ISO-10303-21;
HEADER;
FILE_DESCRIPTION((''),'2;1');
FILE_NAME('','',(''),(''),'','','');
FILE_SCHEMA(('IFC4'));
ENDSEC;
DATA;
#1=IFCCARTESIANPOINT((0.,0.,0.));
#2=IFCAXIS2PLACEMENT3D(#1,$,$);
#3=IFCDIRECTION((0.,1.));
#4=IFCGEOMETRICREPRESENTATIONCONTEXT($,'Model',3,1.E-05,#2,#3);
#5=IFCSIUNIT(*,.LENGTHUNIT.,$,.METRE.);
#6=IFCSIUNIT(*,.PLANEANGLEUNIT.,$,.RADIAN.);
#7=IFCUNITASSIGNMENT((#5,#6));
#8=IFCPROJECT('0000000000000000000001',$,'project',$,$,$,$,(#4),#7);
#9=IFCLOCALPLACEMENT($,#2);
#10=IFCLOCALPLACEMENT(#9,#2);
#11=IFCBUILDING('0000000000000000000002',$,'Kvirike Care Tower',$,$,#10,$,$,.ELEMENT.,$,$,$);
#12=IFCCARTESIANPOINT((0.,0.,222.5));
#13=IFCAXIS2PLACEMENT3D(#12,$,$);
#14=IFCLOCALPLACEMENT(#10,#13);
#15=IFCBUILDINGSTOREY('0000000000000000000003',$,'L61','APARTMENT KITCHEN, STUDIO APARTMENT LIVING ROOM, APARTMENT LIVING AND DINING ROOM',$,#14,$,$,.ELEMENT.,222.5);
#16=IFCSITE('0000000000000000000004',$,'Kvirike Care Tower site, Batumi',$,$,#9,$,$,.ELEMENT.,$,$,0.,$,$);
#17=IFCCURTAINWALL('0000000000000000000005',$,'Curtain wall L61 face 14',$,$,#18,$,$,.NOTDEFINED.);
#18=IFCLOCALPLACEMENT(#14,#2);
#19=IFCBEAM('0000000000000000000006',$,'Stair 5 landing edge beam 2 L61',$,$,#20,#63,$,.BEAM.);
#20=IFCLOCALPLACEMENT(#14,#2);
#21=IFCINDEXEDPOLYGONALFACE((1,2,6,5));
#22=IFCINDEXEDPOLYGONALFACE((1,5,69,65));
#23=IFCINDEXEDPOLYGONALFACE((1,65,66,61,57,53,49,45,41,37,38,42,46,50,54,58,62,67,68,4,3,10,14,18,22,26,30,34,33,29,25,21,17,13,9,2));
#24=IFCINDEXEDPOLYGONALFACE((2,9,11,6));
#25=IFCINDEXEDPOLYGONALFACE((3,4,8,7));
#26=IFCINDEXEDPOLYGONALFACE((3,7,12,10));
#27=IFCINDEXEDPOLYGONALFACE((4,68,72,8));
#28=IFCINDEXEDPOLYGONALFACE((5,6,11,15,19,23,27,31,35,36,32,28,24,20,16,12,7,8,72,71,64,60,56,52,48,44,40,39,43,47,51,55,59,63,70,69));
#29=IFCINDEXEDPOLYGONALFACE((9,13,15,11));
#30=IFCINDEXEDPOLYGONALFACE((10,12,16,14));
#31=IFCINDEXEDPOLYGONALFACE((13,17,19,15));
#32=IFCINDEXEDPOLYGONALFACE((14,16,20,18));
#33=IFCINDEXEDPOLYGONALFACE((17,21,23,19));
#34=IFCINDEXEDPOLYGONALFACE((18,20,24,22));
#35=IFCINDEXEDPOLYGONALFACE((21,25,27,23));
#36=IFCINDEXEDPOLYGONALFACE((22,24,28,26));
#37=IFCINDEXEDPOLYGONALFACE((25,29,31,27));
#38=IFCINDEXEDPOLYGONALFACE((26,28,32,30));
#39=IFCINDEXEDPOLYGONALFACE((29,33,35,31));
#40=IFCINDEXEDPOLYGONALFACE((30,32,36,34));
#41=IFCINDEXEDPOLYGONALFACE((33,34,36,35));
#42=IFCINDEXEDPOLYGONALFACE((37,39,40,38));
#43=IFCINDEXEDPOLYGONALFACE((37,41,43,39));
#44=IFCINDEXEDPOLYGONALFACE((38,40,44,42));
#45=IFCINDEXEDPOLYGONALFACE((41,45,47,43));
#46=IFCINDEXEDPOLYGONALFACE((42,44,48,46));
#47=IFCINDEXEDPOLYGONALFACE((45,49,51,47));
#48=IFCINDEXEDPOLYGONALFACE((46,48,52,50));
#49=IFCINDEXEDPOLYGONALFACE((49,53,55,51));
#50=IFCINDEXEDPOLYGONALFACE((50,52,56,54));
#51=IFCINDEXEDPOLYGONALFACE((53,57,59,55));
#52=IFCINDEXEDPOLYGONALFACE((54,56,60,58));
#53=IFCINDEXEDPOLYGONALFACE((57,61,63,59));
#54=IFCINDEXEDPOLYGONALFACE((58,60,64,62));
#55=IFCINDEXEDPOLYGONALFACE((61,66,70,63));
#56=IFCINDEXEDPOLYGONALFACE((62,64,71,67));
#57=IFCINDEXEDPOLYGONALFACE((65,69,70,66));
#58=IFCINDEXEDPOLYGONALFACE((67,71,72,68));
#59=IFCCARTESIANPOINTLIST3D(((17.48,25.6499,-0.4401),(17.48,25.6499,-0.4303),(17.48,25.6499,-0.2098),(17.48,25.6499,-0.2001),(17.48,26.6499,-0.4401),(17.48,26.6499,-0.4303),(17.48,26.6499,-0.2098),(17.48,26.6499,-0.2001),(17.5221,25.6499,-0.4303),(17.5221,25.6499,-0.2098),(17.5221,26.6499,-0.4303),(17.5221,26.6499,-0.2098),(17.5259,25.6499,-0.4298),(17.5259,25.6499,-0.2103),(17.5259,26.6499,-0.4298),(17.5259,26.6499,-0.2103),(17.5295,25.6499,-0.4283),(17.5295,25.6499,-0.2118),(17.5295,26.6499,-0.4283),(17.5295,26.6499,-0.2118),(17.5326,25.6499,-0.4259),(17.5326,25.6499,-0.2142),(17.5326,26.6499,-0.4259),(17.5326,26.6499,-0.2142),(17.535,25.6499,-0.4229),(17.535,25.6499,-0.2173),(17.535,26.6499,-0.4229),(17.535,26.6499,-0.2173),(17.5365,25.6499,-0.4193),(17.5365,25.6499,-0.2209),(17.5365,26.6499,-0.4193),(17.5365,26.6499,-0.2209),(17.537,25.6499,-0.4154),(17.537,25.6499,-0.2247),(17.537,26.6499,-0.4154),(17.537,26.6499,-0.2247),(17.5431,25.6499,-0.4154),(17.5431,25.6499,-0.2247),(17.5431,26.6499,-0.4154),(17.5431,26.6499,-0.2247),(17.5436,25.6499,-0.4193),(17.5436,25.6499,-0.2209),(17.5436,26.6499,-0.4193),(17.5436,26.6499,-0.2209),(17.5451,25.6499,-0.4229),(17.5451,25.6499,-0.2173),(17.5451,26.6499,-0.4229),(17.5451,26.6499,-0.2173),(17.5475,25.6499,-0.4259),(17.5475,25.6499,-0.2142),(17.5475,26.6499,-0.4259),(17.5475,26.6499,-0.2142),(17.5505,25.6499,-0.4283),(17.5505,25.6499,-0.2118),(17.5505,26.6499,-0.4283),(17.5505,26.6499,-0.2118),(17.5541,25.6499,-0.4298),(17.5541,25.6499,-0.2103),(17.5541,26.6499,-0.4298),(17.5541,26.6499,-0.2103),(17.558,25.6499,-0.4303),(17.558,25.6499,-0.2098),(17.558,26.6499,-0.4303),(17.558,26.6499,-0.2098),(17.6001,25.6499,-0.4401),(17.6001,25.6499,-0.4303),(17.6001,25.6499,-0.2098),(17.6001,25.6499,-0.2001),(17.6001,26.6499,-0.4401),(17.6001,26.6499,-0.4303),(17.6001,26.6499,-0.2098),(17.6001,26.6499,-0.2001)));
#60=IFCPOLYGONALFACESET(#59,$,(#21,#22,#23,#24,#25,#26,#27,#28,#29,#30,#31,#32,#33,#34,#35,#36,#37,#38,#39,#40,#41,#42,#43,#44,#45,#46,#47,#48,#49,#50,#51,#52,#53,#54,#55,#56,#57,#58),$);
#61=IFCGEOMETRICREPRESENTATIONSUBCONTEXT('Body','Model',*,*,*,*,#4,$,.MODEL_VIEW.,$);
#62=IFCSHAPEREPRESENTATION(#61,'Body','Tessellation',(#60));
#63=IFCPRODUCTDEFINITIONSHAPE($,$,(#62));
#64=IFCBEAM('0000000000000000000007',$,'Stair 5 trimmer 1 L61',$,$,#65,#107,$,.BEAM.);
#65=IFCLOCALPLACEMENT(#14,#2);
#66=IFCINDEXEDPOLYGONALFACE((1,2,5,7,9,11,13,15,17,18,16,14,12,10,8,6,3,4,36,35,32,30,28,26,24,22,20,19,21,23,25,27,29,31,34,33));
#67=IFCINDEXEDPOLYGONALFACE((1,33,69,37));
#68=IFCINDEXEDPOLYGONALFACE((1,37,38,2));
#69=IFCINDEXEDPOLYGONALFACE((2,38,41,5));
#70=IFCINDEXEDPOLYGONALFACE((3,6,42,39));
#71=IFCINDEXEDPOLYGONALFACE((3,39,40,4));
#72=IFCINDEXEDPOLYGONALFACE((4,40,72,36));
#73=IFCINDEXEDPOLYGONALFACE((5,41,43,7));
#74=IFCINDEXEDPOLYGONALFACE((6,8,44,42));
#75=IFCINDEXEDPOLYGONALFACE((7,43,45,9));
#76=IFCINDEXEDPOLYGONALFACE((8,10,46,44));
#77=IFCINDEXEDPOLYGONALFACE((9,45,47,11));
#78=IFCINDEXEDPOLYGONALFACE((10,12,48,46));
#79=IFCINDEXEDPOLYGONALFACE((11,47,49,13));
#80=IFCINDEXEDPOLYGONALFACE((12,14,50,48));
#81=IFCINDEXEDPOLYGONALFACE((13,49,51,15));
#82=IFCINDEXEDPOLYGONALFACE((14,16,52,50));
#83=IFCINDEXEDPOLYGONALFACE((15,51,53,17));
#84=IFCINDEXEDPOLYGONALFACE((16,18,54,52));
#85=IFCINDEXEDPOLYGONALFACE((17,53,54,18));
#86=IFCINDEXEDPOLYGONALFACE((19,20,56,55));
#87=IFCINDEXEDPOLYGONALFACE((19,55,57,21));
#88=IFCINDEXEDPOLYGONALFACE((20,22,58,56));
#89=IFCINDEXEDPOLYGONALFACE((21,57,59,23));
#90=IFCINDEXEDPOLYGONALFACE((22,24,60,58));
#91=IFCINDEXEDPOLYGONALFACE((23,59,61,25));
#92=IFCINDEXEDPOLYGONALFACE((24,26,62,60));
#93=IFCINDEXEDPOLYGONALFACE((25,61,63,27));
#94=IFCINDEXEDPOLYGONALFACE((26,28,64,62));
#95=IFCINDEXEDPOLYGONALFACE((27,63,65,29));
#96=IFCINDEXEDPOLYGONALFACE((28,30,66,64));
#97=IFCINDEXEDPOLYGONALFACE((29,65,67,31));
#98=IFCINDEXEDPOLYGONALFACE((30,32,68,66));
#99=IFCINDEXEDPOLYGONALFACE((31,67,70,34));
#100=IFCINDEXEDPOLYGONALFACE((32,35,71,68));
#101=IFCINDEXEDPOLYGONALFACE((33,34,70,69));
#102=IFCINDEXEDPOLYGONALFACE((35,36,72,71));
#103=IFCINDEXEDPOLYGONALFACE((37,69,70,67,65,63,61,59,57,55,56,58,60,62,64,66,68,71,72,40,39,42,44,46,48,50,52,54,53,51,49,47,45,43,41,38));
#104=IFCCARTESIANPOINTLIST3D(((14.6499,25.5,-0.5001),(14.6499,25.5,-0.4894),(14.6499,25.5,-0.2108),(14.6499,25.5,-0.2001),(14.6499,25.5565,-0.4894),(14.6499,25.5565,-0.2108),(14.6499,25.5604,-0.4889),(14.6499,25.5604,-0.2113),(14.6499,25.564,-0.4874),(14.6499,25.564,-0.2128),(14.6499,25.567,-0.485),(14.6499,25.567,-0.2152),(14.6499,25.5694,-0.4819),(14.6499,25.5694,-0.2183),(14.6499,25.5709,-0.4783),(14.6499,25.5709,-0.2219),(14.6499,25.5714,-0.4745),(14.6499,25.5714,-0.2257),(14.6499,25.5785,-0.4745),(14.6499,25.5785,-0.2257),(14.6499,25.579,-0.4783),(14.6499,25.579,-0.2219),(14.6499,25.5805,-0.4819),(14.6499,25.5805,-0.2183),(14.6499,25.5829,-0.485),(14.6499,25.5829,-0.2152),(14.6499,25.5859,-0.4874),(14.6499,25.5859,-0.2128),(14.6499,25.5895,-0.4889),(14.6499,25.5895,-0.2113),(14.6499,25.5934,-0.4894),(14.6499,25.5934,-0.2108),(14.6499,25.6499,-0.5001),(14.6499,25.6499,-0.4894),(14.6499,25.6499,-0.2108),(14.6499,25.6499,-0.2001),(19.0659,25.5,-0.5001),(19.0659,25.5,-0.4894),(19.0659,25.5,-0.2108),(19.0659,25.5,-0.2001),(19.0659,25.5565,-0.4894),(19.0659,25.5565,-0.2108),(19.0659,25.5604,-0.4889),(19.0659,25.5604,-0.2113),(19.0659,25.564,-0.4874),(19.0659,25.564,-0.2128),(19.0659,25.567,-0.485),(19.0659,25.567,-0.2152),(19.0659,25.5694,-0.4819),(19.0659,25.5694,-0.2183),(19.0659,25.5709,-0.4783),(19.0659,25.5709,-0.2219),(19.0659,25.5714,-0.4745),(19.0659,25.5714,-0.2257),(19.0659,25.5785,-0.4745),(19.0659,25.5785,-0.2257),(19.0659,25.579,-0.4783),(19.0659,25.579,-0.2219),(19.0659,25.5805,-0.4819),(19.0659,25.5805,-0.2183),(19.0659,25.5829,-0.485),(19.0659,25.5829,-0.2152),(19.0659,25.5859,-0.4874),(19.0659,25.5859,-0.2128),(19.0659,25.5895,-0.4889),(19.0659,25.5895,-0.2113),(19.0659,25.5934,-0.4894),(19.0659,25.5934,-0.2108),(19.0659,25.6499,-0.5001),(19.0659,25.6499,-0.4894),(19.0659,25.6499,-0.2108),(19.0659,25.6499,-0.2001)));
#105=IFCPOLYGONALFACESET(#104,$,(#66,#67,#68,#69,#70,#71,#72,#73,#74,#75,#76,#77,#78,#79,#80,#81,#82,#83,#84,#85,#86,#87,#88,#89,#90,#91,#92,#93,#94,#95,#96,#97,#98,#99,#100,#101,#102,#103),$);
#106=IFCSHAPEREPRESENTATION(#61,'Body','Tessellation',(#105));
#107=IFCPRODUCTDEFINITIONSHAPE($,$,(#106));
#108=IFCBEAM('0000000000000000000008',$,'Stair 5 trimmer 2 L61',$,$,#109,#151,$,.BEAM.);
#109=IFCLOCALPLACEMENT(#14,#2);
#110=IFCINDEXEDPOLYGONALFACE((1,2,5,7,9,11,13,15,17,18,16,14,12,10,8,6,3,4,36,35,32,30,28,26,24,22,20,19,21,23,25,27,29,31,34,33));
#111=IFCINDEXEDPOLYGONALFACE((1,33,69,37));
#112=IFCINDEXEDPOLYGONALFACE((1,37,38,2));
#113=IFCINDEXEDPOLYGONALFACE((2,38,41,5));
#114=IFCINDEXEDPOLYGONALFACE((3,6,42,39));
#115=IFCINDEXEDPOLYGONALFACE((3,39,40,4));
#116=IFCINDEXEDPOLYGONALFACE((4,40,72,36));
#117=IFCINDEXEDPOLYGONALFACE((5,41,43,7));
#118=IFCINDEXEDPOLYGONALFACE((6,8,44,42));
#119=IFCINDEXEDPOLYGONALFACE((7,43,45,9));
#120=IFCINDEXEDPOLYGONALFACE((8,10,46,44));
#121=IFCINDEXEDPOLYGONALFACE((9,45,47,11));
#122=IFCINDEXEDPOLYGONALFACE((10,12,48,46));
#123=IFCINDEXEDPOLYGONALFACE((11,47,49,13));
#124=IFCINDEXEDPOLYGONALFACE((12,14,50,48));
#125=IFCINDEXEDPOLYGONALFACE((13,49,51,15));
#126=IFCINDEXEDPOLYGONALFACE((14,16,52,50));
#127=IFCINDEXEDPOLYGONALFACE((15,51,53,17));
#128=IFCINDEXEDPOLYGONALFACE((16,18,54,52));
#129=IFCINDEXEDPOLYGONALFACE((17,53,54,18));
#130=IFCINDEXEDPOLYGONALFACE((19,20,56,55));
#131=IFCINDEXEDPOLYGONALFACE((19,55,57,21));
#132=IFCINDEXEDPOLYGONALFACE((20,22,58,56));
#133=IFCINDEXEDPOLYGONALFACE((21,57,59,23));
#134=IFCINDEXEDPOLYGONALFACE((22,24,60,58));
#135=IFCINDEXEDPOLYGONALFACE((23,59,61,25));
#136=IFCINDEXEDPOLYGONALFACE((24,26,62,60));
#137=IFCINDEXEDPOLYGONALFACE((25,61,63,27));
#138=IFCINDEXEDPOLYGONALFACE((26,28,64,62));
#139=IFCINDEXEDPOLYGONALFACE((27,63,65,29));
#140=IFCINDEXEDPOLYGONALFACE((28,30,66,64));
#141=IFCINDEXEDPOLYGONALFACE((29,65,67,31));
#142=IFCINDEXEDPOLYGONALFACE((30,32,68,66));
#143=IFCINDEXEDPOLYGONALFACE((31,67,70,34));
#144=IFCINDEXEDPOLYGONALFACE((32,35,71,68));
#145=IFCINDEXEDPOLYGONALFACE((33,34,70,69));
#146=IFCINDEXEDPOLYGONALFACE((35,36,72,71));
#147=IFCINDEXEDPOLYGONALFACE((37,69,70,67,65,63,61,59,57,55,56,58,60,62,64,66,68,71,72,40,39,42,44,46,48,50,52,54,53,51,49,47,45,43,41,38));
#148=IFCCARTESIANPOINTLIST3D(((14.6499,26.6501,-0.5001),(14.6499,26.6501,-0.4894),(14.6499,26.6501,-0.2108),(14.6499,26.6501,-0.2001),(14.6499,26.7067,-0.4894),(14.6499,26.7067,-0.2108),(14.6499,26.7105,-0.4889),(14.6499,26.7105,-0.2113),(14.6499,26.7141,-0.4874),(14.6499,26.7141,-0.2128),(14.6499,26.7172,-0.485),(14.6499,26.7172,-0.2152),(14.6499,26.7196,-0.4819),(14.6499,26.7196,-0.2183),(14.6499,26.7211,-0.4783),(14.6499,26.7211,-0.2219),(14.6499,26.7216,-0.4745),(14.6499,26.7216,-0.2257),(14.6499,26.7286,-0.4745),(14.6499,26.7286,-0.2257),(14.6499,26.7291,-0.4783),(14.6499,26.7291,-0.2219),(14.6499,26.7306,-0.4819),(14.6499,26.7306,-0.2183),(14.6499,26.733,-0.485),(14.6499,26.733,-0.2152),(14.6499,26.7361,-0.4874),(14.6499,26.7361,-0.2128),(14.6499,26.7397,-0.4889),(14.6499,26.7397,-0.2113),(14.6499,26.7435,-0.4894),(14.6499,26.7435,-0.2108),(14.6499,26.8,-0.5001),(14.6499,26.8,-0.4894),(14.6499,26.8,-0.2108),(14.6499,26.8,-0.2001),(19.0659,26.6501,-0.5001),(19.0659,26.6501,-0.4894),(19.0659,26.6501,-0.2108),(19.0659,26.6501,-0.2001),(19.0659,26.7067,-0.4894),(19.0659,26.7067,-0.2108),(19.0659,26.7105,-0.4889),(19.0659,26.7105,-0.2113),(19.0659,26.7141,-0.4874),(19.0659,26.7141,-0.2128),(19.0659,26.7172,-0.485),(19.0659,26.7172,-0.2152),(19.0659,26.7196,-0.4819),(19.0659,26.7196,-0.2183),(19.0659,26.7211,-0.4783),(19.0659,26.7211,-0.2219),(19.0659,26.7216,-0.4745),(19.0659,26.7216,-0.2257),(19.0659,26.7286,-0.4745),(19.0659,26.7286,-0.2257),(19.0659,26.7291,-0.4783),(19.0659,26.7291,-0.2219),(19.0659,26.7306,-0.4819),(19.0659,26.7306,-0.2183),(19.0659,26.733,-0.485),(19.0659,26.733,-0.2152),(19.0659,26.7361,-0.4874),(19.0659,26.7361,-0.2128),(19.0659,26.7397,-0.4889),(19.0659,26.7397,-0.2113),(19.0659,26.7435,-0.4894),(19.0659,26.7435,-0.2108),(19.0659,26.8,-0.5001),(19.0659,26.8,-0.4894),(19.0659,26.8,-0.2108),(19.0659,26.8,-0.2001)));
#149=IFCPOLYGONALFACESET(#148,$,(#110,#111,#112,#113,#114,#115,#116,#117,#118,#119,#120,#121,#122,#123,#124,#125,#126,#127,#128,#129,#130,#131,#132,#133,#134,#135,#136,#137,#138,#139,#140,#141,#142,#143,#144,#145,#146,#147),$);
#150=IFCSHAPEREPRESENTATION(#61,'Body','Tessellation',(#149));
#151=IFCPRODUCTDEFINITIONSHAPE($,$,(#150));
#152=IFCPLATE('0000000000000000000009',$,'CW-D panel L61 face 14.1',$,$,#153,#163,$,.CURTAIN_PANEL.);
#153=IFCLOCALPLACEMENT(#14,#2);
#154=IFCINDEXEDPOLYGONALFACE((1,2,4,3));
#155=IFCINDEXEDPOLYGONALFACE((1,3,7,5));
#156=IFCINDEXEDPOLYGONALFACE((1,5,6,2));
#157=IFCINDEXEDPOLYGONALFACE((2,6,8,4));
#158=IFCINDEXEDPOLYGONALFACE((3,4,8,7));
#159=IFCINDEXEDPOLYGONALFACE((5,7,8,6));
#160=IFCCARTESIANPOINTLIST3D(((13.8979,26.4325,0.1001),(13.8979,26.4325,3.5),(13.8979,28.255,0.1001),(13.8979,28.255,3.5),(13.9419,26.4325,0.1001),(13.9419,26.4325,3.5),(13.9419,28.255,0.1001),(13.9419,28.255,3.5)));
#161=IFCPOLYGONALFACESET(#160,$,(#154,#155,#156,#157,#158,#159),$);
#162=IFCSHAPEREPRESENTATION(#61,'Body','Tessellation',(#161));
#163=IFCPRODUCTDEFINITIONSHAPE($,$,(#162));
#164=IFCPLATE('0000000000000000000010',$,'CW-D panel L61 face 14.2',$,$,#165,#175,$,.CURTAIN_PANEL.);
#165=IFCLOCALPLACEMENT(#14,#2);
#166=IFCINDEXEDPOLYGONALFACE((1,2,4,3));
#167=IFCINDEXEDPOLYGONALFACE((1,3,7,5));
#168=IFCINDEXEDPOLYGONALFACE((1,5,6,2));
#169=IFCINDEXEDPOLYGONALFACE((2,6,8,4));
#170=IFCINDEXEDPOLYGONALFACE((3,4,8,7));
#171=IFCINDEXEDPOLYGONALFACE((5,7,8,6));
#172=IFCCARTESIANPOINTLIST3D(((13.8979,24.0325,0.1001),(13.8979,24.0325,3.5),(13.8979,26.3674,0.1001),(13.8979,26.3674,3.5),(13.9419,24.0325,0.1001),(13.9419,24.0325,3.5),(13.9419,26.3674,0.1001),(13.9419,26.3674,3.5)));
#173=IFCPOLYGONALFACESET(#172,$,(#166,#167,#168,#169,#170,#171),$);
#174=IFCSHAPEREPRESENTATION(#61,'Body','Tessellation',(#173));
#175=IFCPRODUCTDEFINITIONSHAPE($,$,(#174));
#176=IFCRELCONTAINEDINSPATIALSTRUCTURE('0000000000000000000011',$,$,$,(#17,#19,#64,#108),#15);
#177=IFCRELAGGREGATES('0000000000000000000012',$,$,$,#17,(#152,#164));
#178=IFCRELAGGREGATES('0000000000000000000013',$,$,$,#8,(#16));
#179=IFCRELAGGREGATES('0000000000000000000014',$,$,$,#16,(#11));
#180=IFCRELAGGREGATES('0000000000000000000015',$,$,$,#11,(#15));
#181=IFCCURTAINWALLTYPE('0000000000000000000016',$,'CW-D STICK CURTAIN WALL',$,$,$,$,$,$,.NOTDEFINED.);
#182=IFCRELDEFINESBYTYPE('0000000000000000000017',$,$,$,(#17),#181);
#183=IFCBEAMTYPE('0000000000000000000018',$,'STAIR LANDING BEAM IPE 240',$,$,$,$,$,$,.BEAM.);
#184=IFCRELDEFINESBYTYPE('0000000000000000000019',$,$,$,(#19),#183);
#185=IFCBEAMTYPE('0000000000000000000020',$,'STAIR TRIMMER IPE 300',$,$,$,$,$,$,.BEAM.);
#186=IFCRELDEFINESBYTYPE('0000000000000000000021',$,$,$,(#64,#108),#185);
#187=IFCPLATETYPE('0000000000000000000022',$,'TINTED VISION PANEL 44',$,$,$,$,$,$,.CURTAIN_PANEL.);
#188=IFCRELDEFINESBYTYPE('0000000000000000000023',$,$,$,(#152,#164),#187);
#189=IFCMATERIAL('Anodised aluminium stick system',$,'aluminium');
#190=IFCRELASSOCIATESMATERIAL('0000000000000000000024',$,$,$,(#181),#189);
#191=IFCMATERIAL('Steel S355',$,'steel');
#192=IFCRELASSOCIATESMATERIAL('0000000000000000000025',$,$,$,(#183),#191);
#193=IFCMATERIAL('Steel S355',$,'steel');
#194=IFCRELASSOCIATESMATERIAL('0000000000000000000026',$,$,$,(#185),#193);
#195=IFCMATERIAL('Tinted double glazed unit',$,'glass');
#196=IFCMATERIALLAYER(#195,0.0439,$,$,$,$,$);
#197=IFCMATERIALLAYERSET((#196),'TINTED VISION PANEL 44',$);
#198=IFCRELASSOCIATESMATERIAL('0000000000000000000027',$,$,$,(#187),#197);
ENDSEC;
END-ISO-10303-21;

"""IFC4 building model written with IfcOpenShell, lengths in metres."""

from ifc_helpers import new_model, si_unit, direction, frame, origin, origin_2d, place, context, subcontext, project, spatial, rectangle, i_section, extrude, material, layer, layer_set, material_profile, profile_set, type_object, element, aggregate, save


model = new_model("IFC4")

# Units and contexts
model_context = context("Model", 3, precision=1e-05, world=origin(), true_north=direction((0.0, 1.0)))
body_context = subcontext(model_context, "Body", "Model", "MODEL_VIEW")
ifc_project = project(units=[si_unit("LENGTHUNIT", "METRE"), si_unit("PLANEANGLEUNIT", "RADIAN")], contexts=[model_context])

# Site, building, storey
site_placement = place(None, origin())
site = spatial("IfcSite", under=ifc_project, at=site_placement, Name="Kvirike Care Tower site, Batumi", CompositionType="ELEMENT", RefElevation=0.0)
building_placement = place(site_placement, origin())
building = spatial("IfcBuilding", under=site, at=building_placement, Name="Kvirike Care Tower", CompositionType="ELEMENT")
storey_placement = place(building_placement, frame((0.0, 0.0, 222.5)))
storey = spatial("IfcBuildingStorey", under=building, at=storey_placement, Name="L61", Description="APARTMENT KITCHEN, STUDIO APARTMENT LIVING ROOM, APARTMENT LIVING AND DINING ROOM", CompositionType="ELEMENT", Elevation=222.5)

# Curtain wall
ifc_material_1 = material(Name="Anodised aluminium stick system", Category="aluminium")
curtain_wall_type = type_object("IfcCurtainWallType", Name="CW-D STICK CURTAIN WALL", PredefinedType="NOTDEFINED", material=ifc_material_1)
curtain_wall_placement = place(storey_placement, origin())
curtain_wall = element("IfcCurtainWall", 1, at=curtain_wall_placement, inside=storey, type_object=curtain_wall_type, Name="Curtain wall L61 face 14", PredefinedType="NOTDEFINED")

# Beams
ifc_material_2 = material(Name="Steel S355", Category="steel")
ifc_material_profile_1 = material_profile(ifc_material_2, i_section(OverallWidth=0.1201, OverallDepth=0.24, WebThickness=0.0061, FlangeThickness=0.0098, FilletRadius=0.0149, at=origin_2d()), Name="IPE 240")
ifc_profile_set_1 = profile_set([ifc_material_profile_1], Name="Steel S355")
beam_type_1 = type_object("IfcBeamType", Name="STAIR LANDING BEAM IPE 240", PredefinedType="BEAM", material=ifc_profile_set_1)
for number, where, z_axis, x_axis, name in (
    (2, (17.54, 25.6499, -0.3201), (0.0, 1.0, 0.0), (-1.0, 0.0, 0.0), "Stair 5 landing edge beam 2 L61"),
):
    element("IfcBeam", number, at=place(storey_placement, frame(where, z_axis=z_axis, x_axis=x_axis)), inside=storey, type_object=beam_type_1, Name=name, PredefinedType="BEAM", context=body_context, shape_type="SweptSolid", body=[
        extrude(i_section(OverallWidth=0.1201, OverallDepth=0.24, WebThickness=0.0061, FlangeThickness=0.0098, FilletRadius=0.0149, at=origin_2d()), origin(), (0.0, 0.0, 1.0), 1.0),
    ])
ifc_material_3 = material(Name="Steel S355", Category="steel")
ifc_material_profile_2 = material_profile(ifc_material_3, i_section(OverallWidth=0.1499, OverallDepth=0.3, WebThickness=0.0071, FlangeThickness=0.0107, FilletRadius=0.0149, at=origin_2d()), Name="IPE 300")
ifc_profile_set_2 = profile_set([ifc_material_profile_2], Name="Steel S355")
beam_type_2 = type_object("IfcBeamType", Name="STAIR TRIMMER IPE 300", PredefinedType="BEAM", material=ifc_profile_set_2)
for number, where, z_axis, x_axis, name in (
    (3, (14.6499, 25.575, -0.3501), (1.0, 0.0, 0.0), (0.0, 1.0, 0.0), "Stair 5 trimmer 1 L61"),
    (4, (14.6499, 26.7251, -0.3501), (1.0, 0.0, 0.0), (0.0, 1.0, 0.0), "Stair 5 trimmer 2 L61"),
):
    element("IfcBeam", number, at=place(storey_placement, frame(where, z_axis=z_axis, x_axis=x_axis)), inside=storey, type_object=beam_type_2, Name=name, PredefinedType="BEAM", context=body_context, shape_type="SweptSolid", body=[
        extrude(i_section(OverallWidth=0.1499, OverallDepth=0.3, WebThickness=0.0071, FlangeThickness=0.0107, FilletRadius=0.0149, at=origin_2d()), origin(), (0.0, 0.0, 1.0), 4.416),
    ])

# Plates
ifc_material_4 = material(Name="Tinted double glazed unit", Category="glass")
ifc_layer_1 = layer(ifc_material_4, 0.0439)
ifc_layer_set_1 = layer_set([ifc_layer_1], Name="TINTED VISION PANEL 44")
plate_type = type_object("IfcPlateType", Name="TINTED VISION PANEL 44", PredefinedType="CURTAIN_PANEL", material=ifc_layer_set_1)
plate_1_placement = place(storey_placement, frame((13.9199, 27.3438, 0.1001), z_axis=(0.0, 0.0, 1.0), x_axis=(0.0, -1.0, 0.0)))
plate_1 = element("IfcPlate", 5, at=plate_1_placement, type_object=plate_type, Name="CW-D panel L61 face 14.1", PredefinedType="CURTAIN_PANEL", context=body_context, shape_type="SweptSolid", body=[
    extrude(rectangle(XDim=1.8225, YDim=0.0439, at=origin_2d()), origin(), (0.0, 0.0, 1.0), 3.3999),
])
plate_2_placement = place(storey_placement, frame((13.9199, 25.2, 0.1001), z_axis=(0.0, 0.0, 1.0), x_axis=(0.0, -1.0, 0.0)))
plate_2 = element("IfcPlate", 6, at=plate_2_placement, type_object=plate_type, Name="CW-D panel L61 face 14.2", PredefinedType="CURTAIN_PANEL", context=body_context, shape_type="SweptSolid", body=[
    extrude(rectangle(XDim=2.335, YDim=0.0439, at=origin_2d()), origin(), (0.0, 0.0, 1.0), 3.3999),
])
aggregate(curtain_wall, [plate_1, plate_2])

save(model, "model.ifc")
